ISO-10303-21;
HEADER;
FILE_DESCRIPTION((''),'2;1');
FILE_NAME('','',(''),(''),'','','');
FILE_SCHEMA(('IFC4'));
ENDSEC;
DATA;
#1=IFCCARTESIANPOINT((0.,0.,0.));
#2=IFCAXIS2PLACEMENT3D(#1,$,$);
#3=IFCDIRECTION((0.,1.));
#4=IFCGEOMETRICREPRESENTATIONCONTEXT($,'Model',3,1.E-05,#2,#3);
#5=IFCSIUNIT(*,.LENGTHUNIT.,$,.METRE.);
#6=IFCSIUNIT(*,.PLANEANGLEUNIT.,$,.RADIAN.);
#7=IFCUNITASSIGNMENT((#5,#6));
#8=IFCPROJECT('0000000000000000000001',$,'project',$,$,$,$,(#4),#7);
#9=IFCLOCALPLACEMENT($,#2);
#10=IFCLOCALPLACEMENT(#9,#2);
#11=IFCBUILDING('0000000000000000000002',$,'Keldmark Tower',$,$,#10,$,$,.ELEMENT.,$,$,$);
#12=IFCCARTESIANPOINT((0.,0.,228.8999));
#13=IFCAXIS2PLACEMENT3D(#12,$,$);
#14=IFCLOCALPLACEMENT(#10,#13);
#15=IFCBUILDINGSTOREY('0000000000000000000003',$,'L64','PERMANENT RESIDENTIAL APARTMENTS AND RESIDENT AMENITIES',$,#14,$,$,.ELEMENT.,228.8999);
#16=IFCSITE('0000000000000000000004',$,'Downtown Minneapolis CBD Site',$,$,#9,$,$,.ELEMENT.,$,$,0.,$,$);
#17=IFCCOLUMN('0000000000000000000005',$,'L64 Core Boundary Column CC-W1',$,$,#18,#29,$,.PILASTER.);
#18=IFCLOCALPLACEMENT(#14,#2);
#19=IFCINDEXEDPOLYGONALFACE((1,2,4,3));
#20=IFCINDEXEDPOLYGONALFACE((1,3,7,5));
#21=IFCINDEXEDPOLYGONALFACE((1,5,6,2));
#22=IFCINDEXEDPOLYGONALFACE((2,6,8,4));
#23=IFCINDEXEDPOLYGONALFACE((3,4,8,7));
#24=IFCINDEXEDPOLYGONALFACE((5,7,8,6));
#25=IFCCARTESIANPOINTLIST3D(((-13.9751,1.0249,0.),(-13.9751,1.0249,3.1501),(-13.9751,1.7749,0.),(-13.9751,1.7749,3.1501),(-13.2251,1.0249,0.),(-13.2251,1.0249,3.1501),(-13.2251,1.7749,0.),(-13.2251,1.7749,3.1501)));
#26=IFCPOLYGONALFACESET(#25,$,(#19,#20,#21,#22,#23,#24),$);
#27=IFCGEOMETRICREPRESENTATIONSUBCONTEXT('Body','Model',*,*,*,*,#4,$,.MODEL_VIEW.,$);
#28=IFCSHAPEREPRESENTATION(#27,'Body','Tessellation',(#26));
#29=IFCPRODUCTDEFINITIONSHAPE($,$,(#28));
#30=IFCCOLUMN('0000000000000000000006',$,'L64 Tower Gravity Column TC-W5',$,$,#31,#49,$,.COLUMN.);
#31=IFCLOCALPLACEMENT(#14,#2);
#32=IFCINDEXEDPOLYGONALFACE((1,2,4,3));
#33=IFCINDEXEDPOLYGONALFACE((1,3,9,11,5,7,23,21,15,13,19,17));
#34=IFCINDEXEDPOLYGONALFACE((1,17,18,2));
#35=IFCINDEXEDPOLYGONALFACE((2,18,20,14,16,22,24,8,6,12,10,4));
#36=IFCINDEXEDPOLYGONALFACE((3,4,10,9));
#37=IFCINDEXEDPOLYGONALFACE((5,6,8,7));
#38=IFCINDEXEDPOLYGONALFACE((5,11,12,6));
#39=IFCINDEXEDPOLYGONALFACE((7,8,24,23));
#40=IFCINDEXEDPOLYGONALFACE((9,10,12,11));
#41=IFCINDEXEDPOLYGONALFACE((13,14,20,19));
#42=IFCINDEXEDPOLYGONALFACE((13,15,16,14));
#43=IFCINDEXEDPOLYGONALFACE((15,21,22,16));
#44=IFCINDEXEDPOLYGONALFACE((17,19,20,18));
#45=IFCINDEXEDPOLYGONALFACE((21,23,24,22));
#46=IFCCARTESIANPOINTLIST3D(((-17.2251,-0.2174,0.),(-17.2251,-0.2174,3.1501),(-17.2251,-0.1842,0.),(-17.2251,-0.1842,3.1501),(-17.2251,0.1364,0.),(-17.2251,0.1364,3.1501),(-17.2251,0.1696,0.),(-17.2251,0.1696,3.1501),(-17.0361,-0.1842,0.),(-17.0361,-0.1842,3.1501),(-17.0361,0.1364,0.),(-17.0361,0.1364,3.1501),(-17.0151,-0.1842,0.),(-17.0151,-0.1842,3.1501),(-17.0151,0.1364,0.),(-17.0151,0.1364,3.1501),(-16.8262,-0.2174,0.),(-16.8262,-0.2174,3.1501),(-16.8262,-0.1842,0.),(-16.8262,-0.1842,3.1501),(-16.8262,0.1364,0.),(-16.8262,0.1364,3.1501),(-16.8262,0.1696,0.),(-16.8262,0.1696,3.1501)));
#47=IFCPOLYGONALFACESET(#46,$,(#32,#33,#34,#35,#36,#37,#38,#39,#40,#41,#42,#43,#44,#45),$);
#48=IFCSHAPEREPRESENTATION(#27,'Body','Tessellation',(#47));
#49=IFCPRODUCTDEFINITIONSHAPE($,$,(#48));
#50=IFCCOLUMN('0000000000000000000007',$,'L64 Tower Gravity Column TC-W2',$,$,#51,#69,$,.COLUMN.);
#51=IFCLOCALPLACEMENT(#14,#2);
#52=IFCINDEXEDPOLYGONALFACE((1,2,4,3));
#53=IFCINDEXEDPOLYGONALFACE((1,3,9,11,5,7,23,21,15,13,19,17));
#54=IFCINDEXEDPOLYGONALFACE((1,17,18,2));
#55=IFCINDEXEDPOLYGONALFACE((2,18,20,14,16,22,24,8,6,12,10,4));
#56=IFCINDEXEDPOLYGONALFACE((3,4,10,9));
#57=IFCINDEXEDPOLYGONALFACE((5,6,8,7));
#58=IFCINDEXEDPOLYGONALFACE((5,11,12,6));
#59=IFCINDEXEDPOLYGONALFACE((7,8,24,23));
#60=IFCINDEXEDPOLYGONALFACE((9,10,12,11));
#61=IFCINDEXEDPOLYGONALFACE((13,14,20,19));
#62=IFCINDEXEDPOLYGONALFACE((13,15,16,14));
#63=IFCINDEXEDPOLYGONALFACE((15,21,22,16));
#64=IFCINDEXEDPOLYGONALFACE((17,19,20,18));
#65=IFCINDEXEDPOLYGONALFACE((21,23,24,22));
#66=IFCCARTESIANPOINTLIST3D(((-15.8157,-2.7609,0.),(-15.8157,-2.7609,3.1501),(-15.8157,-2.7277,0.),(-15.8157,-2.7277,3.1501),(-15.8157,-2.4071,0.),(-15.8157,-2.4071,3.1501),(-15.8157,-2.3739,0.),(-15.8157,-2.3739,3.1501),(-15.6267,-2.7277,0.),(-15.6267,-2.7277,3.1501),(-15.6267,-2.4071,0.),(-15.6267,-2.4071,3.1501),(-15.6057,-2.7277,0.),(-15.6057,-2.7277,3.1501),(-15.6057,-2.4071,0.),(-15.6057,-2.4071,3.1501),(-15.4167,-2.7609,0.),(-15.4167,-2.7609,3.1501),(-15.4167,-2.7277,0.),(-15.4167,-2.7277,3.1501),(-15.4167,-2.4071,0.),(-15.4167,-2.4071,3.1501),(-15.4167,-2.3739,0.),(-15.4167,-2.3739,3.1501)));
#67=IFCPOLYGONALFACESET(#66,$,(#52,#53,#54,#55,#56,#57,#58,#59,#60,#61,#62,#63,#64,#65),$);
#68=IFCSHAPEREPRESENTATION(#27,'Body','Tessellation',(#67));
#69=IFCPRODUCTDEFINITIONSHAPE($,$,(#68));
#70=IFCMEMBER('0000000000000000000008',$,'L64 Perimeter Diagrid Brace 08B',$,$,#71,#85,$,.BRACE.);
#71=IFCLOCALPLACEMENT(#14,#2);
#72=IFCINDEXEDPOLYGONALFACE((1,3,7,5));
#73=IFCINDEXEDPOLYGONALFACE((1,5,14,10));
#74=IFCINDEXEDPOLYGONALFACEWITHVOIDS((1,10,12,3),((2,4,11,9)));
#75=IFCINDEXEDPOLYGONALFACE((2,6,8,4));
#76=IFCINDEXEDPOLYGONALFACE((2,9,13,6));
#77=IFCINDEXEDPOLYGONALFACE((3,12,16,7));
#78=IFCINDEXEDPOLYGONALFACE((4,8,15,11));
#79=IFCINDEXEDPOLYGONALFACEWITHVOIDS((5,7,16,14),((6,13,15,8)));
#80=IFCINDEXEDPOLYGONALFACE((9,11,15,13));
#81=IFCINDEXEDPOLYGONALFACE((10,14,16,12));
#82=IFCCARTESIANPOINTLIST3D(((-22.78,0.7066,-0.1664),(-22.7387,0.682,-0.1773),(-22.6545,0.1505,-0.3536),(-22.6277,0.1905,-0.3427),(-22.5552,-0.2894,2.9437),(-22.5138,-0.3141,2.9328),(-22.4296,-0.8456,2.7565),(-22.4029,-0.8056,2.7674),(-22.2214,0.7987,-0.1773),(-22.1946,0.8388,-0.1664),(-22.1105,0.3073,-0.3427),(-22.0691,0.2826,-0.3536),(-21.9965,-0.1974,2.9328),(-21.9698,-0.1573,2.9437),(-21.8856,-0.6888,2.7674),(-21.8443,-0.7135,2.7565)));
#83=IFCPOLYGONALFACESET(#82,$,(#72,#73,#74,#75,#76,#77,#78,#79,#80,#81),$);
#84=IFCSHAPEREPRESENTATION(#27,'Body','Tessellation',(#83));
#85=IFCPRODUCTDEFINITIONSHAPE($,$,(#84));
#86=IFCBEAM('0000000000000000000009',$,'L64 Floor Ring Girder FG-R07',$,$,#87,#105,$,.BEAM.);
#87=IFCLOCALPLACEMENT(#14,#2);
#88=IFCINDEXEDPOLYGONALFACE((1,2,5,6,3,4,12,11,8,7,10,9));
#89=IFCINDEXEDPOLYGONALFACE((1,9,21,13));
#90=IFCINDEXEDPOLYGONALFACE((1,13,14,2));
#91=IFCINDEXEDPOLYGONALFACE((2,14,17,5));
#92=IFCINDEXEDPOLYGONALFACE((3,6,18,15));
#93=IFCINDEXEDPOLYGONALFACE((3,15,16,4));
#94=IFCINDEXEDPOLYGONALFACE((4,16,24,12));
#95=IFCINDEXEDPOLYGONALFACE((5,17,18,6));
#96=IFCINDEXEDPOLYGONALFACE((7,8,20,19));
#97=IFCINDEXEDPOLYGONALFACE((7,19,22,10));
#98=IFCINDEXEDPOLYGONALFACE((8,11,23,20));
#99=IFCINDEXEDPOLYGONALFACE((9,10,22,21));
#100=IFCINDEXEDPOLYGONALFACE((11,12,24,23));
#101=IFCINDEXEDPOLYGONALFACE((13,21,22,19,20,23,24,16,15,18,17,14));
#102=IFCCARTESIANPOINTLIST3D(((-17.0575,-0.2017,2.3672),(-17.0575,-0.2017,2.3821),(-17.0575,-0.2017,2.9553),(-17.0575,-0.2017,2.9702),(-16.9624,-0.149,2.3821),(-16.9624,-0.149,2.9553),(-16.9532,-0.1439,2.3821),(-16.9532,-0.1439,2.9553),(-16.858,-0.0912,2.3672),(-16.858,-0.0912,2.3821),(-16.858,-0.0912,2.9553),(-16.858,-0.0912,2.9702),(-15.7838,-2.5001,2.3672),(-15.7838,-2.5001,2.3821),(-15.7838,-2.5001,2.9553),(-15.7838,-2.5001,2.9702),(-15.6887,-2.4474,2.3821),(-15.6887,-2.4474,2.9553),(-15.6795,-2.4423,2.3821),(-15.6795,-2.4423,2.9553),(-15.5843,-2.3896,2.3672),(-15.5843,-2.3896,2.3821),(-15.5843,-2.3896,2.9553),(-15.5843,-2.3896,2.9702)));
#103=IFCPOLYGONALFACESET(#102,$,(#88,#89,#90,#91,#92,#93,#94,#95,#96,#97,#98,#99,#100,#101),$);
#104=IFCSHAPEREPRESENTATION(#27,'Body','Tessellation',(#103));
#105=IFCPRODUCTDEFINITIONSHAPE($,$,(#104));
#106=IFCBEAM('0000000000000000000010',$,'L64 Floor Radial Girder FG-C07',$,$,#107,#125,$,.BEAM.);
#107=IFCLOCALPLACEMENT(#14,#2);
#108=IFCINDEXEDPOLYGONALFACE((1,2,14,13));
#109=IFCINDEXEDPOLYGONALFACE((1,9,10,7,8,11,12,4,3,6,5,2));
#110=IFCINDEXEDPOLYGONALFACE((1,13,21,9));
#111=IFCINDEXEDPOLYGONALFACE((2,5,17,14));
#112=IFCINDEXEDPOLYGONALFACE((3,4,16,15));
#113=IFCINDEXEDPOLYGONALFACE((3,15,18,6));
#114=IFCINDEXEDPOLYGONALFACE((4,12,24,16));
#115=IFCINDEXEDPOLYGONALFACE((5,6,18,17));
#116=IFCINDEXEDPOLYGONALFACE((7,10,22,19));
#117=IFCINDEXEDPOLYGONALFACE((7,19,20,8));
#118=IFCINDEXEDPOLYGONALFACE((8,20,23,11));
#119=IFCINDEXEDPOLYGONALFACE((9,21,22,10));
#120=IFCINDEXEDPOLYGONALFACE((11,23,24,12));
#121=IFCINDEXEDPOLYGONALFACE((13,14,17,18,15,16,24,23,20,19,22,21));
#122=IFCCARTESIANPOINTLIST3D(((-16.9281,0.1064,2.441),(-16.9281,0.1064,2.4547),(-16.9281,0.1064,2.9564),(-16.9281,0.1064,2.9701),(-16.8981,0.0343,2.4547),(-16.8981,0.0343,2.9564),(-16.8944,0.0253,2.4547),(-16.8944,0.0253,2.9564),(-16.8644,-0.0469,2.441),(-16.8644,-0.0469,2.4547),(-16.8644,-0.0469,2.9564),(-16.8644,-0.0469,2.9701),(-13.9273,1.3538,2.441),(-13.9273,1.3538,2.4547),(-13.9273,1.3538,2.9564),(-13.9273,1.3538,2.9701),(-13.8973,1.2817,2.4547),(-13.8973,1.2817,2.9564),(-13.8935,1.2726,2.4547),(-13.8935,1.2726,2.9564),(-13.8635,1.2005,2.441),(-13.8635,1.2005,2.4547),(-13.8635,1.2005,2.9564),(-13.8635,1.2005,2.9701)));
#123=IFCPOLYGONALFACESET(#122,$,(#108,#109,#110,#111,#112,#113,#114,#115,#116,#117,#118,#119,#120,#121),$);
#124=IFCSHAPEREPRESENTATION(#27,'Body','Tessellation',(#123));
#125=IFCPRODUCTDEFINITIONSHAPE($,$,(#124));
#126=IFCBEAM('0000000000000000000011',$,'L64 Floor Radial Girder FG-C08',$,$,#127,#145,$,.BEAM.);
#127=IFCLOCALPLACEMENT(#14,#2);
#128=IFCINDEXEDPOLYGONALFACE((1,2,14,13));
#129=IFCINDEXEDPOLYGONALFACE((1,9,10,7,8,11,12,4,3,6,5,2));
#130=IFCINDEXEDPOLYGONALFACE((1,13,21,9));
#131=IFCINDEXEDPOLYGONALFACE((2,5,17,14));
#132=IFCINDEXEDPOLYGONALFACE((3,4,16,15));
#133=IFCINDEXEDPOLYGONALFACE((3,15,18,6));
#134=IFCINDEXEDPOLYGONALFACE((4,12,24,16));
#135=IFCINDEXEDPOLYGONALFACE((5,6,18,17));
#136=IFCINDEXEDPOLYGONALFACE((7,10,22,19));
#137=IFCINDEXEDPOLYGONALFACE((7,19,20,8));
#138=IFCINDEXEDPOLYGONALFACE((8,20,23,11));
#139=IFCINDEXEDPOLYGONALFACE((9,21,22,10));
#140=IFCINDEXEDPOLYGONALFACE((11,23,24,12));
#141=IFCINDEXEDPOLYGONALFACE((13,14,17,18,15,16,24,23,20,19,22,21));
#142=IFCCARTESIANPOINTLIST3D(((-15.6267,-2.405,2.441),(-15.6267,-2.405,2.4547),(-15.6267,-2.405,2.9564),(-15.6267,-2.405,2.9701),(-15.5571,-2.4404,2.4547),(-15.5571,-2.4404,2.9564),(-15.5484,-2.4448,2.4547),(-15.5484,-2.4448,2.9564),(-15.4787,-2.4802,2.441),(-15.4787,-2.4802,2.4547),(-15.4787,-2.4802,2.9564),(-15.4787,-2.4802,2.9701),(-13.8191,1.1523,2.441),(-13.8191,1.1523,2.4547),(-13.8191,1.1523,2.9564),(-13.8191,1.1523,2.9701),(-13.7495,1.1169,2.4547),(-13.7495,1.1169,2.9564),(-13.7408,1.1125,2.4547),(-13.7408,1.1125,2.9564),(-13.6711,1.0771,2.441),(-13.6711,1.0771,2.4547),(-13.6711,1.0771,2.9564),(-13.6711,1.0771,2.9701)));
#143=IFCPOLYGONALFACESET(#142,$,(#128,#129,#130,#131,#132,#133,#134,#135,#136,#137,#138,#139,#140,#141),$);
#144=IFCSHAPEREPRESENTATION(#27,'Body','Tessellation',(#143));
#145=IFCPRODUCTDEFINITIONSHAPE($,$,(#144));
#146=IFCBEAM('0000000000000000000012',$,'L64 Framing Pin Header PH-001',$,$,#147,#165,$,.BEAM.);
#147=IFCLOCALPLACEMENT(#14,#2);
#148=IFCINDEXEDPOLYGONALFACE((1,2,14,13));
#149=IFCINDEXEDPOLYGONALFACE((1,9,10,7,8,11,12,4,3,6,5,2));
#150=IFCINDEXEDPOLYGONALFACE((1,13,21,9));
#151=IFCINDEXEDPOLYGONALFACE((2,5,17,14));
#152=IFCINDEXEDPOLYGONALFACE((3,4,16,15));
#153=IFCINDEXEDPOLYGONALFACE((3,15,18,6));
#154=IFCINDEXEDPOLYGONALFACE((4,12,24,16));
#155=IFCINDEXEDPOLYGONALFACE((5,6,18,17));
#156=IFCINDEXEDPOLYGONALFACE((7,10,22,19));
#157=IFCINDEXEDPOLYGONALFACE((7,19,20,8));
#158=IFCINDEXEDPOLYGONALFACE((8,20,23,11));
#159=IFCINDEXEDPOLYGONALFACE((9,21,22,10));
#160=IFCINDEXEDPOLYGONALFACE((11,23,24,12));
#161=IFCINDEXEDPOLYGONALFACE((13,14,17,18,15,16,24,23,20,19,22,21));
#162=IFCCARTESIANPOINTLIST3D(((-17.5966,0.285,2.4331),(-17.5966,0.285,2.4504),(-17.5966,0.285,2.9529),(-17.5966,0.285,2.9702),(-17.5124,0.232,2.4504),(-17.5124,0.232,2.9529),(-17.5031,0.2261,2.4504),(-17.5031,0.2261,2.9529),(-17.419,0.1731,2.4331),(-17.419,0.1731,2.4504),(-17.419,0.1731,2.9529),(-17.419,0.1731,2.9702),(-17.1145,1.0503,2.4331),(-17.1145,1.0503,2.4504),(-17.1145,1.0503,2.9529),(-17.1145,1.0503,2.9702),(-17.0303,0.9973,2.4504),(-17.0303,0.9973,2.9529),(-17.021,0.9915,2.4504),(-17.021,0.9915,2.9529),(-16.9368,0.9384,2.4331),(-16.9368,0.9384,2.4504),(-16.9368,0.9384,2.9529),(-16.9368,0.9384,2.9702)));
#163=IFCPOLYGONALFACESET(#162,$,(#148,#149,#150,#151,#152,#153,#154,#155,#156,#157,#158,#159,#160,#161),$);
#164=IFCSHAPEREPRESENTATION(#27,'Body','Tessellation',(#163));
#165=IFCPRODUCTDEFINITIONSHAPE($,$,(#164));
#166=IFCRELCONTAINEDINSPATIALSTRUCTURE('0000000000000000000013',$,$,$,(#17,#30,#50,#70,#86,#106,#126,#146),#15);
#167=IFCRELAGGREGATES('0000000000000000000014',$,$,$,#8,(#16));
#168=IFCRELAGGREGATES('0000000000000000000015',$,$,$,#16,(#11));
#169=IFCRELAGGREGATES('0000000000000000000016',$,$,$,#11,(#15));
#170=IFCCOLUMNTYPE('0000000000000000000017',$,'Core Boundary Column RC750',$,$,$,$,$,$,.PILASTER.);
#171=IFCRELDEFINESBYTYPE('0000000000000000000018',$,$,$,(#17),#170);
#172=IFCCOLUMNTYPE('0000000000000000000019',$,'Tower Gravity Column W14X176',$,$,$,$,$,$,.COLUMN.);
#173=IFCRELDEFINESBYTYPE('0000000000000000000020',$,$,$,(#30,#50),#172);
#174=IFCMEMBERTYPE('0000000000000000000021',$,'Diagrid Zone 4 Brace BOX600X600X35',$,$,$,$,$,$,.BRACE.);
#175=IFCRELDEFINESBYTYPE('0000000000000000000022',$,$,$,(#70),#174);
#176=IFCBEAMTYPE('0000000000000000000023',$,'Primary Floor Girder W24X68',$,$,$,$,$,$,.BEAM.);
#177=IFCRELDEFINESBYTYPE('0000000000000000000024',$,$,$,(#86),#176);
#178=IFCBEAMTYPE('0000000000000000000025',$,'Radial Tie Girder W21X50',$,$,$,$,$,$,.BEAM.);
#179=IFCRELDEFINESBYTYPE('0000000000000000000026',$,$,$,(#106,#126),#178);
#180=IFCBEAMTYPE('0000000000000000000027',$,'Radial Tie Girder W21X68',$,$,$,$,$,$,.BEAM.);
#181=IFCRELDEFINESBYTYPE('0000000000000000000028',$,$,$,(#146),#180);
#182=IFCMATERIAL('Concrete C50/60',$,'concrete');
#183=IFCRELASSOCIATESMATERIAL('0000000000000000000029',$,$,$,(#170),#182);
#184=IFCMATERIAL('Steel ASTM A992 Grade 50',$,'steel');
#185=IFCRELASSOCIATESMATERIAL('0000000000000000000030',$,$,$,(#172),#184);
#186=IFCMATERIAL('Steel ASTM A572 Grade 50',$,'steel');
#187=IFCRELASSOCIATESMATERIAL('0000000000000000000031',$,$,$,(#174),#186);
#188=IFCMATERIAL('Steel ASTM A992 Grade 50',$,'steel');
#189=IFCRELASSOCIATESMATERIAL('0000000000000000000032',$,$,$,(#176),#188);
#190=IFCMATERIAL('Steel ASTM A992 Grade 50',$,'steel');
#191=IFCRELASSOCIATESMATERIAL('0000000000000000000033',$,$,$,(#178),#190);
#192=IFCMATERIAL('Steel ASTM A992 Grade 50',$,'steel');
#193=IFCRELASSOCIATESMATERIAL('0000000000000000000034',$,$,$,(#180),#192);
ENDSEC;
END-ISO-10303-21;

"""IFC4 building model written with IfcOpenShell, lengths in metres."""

from ifc_helpers import new_model, si_unit, direction, frame, origin, origin_2d, place, context, subcontext, project, spatial, rectangle, hollow_rectangle, i_section, extrude, material, material_profile, profile_set, type_object, element, save


model = new_model("IFC4")

# Units and contexts
model_context = context("Model", 3, precision=1e-05, world=origin(), true_north=direction((0.0, 1.0)))
body_context = subcontext(model_context, "Body", "Model", "MODEL_VIEW")
ifc_project = project(units=[si_unit("LENGTHUNIT", "METRE"), si_unit("PLANEANGLEUNIT", "RADIAN")], contexts=[model_context])

# Site, building, storey
site_placement = place(None, origin())
site = spatial("IfcSite", under=ifc_project, at=site_placement, Name="Downtown Minneapolis CBD Site", CompositionType="ELEMENT", RefElevation=0.0)
building_placement = place(site_placement, origin())
building = spatial("IfcBuilding", under=site, at=building_placement, Name="Keldmark Tower", CompositionType="ELEMENT")
storey_placement = place(building_placement, frame((0.0, 0.0, 228.8999)))
storey = spatial("IfcBuildingStorey", under=building, at=storey_placement, Name="L64", Description="PERMANENT RESIDENTIAL APARTMENTS AND RESIDENT AMENITIES", CompositionType="ELEMENT", Elevation=228.8999)

# Columns
ifc_material_1 = material(Name="Concrete C50/60", Category="concrete")
ifc_material_profile_1 = material_profile(ifc_material_1, rectangle(XDim=0.75, YDim=0.75, at=origin_2d()), Name="RC750X750")
ifc_profile_set_1 = profile_set([ifc_material_profile_1], Name="Concrete C50/60")
column_type_1 = type_object("IfcColumnType", Name="Core Boundary Column RC750", PredefinedType="PILASTER", material=ifc_profile_set_1)
column_placement = place(storey_placement, frame((-13.6001, 1.3999, 0.0), z_axis=(0.0, 0.0, 1.0), x_axis=(1.0, 0.0, 0.0)))
element("IfcColumn", 1, at=column_placement, inside=storey, type_object=column_type_1, Name="L64 Core Boundary Column CC-W1", PredefinedType="PILASTER", context=body_context, shape_type="SweptSolid", body=[
    extrude(rectangle(XDim=0.75, YDim=0.75, at=origin_2d()), origin(), (0.0, 0.0, 1.0), 3.1501),
])
ifc_material_2 = material(Name="Steel ASTM A992 Grade 50", Category="steel")
ifc_material_profile_2 = material_profile(ifc_material_2, i_section(OverallWidth=0.3989, OverallDepth=0.387, WebThickness=0.021, FlangeThickness=0.0332, at=origin_2d()), Name="W14X176")
ifc_profile_set_2 = profile_set([ifc_material_profile_2], Name="Steel ASTM A992 Grade 50")
column_type_2 = type_object("IfcColumnType", Name="Tower Gravity Column W14X176", PredefinedType="COLUMN", material=ifc_profile_set_2)
for number, where, z_axis, x_axis, name in (
    (2, (-17.0256, -0.0239, 0.0), (0.0, 0.0, 1.0), (1.0, 0.0, 0.0), "L64 Tower Gravity Column TC-W5"),
    (3, (-15.6162, -2.5674, 0.0), (0.0, 0.0, 1.0), (1.0, 0.0, 0.0), "L64 Tower Gravity Column TC-W2"),
):
    element("IfcColumn", number, at=place(storey_placement, frame(where, z_axis=z_axis, x_axis=x_axis)), inside=storey, type_object=column_type_2, Name=name, PredefinedType="COLUMN", context=body_context, shape_type="SweptSolid", body=[
        extrude(i_section(OverallWidth=0.3989, OverallDepth=0.387, WebThickness=0.021, FlangeThickness=0.0332, at=origin_2d()), origin(), (0.0, 0.0, 1.0), 3.1501),
    ])

# Member
ifc_material_3 = material(Name="Steel ASTM A572 Grade 50", Category="steel")
ifc_material_profile_3 = material_profile(ifc_material_3, hollow_rectangle(XDim=0.6001, YDim=0.6001, WallThickness=0.0349, at=origin_2d()), Name="BOX600X600X35")
ifc_profile_set_3 = profile_set([ifc_material_profile_3], Name="Steel ASTM A572 Grade 50")
member_type = type_object("IfcMemberType", Name="Diagrid Zone 4 Brace BOX600X600X35", PredefinedType="BRACE", material=ifc_profile_set_3)
member_placement = place(storey_placement, frame((-22.4246, 0.4946, -0.26), z_axis=(0.06869, -0.304294, 0.950098), x_axis=(0.975456, 0.220195, 0.0)))
element("IfcMember", 4, at=member_placement, inside=storey, type_object=member_type, Name="L64 Perimeter Diagrid Brace 08B", PredefinedType="BRACE", context=body_context, shape_type="SweptSolid", body=[
    extrude(hollow_rectangle(XDim=0.6001, YDim=0.6001, WallThickness=0.0349, at=origin_2d()), origin(), (0.0, 0.0, 1.0), 3.2734),
])

# Beams
ifc_material_4 = material(Name="Steel ASTM A992 Grade 50", Category="steel")
ifc_material_profile_4 = material_profile(ifc_material_4, i_section(OverallWidth=0.228, OverallDepth=0.603, WebThickness=0.0105, FlangeThickness=0.0149, at=origin_2d()), Name="W24X68")
ifc_profile_set_4 = profile_set([ifc_material_profile_4], Name="Steel ASTM A992 Grade 50")
beam_type_1 = type_object("IfcBeamType", Name="Primary Floor Girder W24X68", PredefinedType="BEAM", material=ifc_profile_set_4)
beam_1_placement = place(storey_placement, frame((-16.9578, -0.1465, 2.6687), z_axis=(0.48472, -0.87467, 0.0), x_axis=(0.87467, 0.48472, 0.0)))
element("IfcBeam", 5, at=beam_1_placement, inside=storey, type_object=beam_type_1, Name="L64 Floor Ring Girder FG-R07", PredefinedType="BEAM", context=body_context, shape_type="SweptSolid", body=[
    extrude(i_section(OverallWidth=0.228, OverallDepth=0.603, WebThickness=0.0105, FlangeThickness=0.0149, at=origin_2d()), origin(), (0.0, 0.0, 1.0), 2.6277),
])
ifc_material_5 = material(Name="Steel ASTM A992 Grade 50", Category="steel")
ifc_material_profile_5 = material_profile(ifc_material_5, i_section(OverallWidth=0.166, OverallDepth=0.5291, WebThickness=0.0098, FlangeThickness=0.0137, at=origin_2d()), Name="W21X50")
ifc_profile_set_5 = profile_set([ifc_material_profile_5], Name="Steel ASTM A992 Grade 50")
beam_type_2 = type_object("IfcBeamType", Name="Radial Tie Girder W21X50", PredefinedType="BEAM", material=ifc_profile_set_5)
beam_2_placement = place(storey_placement, frame((-16.8962, 0.0298, 2.7056), z_axis=(0.923403, 0.383831, 0.0), x_axis=(-0.383831, 0.923403, 0.0)))
element("IfcBeam", 6, at=beam_2_placement, inside=storey, type_object=beam_type_2, Name="L64 Floor Radial Girder FG-C07", PredefinedType="BEAM", context=body_context, shape_type="SweptSolid", body=[
    extrude(i_section(OverallWidth=0.166, OverallDepth=0.5291, WebThickness=0.0098, FlangeThickness=0.0137, at=origin_2d()), origin(), (0.0, 0.0, 1.0), 3.2498),
])
beam_3_placement = place(storey_placement, frame((-15.5527, -2.4426, 2.7056), z_axis=(0.453004, 0.891508, 0.0), x_axis=(-0.891508, 0.453004, 0.0)))
element("IfcBeam", 7, at=beam_3_placement, inside=storey, type_object=beam_type_2, Name="L64 Floor Radial Girder FG-C08", PredefinedType="BEAM", context=body_context, shape_type="SweptSolid", body=[
    extrude(i_section(OverallWidth=0.166, OverallDepth=0.5291, WebThickness=0.0098, FlangeThickness=0.0137, at=origin_2d()), origin(), (0.0, 0.0, 1.0), 3.9902),
])
ifc_material_6 = material(Name="Steel ASTM A992 Grade 50", Category="steel")
ifc_material_profile_6 = material_profile(ifc_material_6, i_section(OverallWidth=0.21, OverallDepth=0.5371, WebThickness=0.011, FlangeThickness=0.0173, at=origin_2d()), Name="W21X68")
ifc_profile_set_6 = profile_set([ifc_material_profile_6], Name="Steel ASTM A992 Grade 50")
beam_type_3 = type_object("IfcBeamType", Name="Radial Tie Girder W21X68", PredefinedType="BEAM", material=ifc_profile_set_6)
beam_4_placement = place(storey_placement, frame((-17.0256, 0.9944, 2.7017), z_axis=(-0.533028, -0.846098, 0.0), x_axis=(0.846098, -0.533028, 0.0)))
element("IfcBeam", 8, at=beam_4_placement, inside=storey, type_object=beam_type_3, Name="L64 Framing Pin Header PH-001", PredefinedType="BEAM", context=body_context, shape_type="SweptSolid", body=[
    extrude(i_section(OverallWidth=0.21, OverallDepth=0.5371, WebThickness=0.011, FlangeThickness=0.0173, at=origin_2d()), origin(), (0.0, 0.0, 1.0), 0.9045),
])

save(model, "model.ifc")
